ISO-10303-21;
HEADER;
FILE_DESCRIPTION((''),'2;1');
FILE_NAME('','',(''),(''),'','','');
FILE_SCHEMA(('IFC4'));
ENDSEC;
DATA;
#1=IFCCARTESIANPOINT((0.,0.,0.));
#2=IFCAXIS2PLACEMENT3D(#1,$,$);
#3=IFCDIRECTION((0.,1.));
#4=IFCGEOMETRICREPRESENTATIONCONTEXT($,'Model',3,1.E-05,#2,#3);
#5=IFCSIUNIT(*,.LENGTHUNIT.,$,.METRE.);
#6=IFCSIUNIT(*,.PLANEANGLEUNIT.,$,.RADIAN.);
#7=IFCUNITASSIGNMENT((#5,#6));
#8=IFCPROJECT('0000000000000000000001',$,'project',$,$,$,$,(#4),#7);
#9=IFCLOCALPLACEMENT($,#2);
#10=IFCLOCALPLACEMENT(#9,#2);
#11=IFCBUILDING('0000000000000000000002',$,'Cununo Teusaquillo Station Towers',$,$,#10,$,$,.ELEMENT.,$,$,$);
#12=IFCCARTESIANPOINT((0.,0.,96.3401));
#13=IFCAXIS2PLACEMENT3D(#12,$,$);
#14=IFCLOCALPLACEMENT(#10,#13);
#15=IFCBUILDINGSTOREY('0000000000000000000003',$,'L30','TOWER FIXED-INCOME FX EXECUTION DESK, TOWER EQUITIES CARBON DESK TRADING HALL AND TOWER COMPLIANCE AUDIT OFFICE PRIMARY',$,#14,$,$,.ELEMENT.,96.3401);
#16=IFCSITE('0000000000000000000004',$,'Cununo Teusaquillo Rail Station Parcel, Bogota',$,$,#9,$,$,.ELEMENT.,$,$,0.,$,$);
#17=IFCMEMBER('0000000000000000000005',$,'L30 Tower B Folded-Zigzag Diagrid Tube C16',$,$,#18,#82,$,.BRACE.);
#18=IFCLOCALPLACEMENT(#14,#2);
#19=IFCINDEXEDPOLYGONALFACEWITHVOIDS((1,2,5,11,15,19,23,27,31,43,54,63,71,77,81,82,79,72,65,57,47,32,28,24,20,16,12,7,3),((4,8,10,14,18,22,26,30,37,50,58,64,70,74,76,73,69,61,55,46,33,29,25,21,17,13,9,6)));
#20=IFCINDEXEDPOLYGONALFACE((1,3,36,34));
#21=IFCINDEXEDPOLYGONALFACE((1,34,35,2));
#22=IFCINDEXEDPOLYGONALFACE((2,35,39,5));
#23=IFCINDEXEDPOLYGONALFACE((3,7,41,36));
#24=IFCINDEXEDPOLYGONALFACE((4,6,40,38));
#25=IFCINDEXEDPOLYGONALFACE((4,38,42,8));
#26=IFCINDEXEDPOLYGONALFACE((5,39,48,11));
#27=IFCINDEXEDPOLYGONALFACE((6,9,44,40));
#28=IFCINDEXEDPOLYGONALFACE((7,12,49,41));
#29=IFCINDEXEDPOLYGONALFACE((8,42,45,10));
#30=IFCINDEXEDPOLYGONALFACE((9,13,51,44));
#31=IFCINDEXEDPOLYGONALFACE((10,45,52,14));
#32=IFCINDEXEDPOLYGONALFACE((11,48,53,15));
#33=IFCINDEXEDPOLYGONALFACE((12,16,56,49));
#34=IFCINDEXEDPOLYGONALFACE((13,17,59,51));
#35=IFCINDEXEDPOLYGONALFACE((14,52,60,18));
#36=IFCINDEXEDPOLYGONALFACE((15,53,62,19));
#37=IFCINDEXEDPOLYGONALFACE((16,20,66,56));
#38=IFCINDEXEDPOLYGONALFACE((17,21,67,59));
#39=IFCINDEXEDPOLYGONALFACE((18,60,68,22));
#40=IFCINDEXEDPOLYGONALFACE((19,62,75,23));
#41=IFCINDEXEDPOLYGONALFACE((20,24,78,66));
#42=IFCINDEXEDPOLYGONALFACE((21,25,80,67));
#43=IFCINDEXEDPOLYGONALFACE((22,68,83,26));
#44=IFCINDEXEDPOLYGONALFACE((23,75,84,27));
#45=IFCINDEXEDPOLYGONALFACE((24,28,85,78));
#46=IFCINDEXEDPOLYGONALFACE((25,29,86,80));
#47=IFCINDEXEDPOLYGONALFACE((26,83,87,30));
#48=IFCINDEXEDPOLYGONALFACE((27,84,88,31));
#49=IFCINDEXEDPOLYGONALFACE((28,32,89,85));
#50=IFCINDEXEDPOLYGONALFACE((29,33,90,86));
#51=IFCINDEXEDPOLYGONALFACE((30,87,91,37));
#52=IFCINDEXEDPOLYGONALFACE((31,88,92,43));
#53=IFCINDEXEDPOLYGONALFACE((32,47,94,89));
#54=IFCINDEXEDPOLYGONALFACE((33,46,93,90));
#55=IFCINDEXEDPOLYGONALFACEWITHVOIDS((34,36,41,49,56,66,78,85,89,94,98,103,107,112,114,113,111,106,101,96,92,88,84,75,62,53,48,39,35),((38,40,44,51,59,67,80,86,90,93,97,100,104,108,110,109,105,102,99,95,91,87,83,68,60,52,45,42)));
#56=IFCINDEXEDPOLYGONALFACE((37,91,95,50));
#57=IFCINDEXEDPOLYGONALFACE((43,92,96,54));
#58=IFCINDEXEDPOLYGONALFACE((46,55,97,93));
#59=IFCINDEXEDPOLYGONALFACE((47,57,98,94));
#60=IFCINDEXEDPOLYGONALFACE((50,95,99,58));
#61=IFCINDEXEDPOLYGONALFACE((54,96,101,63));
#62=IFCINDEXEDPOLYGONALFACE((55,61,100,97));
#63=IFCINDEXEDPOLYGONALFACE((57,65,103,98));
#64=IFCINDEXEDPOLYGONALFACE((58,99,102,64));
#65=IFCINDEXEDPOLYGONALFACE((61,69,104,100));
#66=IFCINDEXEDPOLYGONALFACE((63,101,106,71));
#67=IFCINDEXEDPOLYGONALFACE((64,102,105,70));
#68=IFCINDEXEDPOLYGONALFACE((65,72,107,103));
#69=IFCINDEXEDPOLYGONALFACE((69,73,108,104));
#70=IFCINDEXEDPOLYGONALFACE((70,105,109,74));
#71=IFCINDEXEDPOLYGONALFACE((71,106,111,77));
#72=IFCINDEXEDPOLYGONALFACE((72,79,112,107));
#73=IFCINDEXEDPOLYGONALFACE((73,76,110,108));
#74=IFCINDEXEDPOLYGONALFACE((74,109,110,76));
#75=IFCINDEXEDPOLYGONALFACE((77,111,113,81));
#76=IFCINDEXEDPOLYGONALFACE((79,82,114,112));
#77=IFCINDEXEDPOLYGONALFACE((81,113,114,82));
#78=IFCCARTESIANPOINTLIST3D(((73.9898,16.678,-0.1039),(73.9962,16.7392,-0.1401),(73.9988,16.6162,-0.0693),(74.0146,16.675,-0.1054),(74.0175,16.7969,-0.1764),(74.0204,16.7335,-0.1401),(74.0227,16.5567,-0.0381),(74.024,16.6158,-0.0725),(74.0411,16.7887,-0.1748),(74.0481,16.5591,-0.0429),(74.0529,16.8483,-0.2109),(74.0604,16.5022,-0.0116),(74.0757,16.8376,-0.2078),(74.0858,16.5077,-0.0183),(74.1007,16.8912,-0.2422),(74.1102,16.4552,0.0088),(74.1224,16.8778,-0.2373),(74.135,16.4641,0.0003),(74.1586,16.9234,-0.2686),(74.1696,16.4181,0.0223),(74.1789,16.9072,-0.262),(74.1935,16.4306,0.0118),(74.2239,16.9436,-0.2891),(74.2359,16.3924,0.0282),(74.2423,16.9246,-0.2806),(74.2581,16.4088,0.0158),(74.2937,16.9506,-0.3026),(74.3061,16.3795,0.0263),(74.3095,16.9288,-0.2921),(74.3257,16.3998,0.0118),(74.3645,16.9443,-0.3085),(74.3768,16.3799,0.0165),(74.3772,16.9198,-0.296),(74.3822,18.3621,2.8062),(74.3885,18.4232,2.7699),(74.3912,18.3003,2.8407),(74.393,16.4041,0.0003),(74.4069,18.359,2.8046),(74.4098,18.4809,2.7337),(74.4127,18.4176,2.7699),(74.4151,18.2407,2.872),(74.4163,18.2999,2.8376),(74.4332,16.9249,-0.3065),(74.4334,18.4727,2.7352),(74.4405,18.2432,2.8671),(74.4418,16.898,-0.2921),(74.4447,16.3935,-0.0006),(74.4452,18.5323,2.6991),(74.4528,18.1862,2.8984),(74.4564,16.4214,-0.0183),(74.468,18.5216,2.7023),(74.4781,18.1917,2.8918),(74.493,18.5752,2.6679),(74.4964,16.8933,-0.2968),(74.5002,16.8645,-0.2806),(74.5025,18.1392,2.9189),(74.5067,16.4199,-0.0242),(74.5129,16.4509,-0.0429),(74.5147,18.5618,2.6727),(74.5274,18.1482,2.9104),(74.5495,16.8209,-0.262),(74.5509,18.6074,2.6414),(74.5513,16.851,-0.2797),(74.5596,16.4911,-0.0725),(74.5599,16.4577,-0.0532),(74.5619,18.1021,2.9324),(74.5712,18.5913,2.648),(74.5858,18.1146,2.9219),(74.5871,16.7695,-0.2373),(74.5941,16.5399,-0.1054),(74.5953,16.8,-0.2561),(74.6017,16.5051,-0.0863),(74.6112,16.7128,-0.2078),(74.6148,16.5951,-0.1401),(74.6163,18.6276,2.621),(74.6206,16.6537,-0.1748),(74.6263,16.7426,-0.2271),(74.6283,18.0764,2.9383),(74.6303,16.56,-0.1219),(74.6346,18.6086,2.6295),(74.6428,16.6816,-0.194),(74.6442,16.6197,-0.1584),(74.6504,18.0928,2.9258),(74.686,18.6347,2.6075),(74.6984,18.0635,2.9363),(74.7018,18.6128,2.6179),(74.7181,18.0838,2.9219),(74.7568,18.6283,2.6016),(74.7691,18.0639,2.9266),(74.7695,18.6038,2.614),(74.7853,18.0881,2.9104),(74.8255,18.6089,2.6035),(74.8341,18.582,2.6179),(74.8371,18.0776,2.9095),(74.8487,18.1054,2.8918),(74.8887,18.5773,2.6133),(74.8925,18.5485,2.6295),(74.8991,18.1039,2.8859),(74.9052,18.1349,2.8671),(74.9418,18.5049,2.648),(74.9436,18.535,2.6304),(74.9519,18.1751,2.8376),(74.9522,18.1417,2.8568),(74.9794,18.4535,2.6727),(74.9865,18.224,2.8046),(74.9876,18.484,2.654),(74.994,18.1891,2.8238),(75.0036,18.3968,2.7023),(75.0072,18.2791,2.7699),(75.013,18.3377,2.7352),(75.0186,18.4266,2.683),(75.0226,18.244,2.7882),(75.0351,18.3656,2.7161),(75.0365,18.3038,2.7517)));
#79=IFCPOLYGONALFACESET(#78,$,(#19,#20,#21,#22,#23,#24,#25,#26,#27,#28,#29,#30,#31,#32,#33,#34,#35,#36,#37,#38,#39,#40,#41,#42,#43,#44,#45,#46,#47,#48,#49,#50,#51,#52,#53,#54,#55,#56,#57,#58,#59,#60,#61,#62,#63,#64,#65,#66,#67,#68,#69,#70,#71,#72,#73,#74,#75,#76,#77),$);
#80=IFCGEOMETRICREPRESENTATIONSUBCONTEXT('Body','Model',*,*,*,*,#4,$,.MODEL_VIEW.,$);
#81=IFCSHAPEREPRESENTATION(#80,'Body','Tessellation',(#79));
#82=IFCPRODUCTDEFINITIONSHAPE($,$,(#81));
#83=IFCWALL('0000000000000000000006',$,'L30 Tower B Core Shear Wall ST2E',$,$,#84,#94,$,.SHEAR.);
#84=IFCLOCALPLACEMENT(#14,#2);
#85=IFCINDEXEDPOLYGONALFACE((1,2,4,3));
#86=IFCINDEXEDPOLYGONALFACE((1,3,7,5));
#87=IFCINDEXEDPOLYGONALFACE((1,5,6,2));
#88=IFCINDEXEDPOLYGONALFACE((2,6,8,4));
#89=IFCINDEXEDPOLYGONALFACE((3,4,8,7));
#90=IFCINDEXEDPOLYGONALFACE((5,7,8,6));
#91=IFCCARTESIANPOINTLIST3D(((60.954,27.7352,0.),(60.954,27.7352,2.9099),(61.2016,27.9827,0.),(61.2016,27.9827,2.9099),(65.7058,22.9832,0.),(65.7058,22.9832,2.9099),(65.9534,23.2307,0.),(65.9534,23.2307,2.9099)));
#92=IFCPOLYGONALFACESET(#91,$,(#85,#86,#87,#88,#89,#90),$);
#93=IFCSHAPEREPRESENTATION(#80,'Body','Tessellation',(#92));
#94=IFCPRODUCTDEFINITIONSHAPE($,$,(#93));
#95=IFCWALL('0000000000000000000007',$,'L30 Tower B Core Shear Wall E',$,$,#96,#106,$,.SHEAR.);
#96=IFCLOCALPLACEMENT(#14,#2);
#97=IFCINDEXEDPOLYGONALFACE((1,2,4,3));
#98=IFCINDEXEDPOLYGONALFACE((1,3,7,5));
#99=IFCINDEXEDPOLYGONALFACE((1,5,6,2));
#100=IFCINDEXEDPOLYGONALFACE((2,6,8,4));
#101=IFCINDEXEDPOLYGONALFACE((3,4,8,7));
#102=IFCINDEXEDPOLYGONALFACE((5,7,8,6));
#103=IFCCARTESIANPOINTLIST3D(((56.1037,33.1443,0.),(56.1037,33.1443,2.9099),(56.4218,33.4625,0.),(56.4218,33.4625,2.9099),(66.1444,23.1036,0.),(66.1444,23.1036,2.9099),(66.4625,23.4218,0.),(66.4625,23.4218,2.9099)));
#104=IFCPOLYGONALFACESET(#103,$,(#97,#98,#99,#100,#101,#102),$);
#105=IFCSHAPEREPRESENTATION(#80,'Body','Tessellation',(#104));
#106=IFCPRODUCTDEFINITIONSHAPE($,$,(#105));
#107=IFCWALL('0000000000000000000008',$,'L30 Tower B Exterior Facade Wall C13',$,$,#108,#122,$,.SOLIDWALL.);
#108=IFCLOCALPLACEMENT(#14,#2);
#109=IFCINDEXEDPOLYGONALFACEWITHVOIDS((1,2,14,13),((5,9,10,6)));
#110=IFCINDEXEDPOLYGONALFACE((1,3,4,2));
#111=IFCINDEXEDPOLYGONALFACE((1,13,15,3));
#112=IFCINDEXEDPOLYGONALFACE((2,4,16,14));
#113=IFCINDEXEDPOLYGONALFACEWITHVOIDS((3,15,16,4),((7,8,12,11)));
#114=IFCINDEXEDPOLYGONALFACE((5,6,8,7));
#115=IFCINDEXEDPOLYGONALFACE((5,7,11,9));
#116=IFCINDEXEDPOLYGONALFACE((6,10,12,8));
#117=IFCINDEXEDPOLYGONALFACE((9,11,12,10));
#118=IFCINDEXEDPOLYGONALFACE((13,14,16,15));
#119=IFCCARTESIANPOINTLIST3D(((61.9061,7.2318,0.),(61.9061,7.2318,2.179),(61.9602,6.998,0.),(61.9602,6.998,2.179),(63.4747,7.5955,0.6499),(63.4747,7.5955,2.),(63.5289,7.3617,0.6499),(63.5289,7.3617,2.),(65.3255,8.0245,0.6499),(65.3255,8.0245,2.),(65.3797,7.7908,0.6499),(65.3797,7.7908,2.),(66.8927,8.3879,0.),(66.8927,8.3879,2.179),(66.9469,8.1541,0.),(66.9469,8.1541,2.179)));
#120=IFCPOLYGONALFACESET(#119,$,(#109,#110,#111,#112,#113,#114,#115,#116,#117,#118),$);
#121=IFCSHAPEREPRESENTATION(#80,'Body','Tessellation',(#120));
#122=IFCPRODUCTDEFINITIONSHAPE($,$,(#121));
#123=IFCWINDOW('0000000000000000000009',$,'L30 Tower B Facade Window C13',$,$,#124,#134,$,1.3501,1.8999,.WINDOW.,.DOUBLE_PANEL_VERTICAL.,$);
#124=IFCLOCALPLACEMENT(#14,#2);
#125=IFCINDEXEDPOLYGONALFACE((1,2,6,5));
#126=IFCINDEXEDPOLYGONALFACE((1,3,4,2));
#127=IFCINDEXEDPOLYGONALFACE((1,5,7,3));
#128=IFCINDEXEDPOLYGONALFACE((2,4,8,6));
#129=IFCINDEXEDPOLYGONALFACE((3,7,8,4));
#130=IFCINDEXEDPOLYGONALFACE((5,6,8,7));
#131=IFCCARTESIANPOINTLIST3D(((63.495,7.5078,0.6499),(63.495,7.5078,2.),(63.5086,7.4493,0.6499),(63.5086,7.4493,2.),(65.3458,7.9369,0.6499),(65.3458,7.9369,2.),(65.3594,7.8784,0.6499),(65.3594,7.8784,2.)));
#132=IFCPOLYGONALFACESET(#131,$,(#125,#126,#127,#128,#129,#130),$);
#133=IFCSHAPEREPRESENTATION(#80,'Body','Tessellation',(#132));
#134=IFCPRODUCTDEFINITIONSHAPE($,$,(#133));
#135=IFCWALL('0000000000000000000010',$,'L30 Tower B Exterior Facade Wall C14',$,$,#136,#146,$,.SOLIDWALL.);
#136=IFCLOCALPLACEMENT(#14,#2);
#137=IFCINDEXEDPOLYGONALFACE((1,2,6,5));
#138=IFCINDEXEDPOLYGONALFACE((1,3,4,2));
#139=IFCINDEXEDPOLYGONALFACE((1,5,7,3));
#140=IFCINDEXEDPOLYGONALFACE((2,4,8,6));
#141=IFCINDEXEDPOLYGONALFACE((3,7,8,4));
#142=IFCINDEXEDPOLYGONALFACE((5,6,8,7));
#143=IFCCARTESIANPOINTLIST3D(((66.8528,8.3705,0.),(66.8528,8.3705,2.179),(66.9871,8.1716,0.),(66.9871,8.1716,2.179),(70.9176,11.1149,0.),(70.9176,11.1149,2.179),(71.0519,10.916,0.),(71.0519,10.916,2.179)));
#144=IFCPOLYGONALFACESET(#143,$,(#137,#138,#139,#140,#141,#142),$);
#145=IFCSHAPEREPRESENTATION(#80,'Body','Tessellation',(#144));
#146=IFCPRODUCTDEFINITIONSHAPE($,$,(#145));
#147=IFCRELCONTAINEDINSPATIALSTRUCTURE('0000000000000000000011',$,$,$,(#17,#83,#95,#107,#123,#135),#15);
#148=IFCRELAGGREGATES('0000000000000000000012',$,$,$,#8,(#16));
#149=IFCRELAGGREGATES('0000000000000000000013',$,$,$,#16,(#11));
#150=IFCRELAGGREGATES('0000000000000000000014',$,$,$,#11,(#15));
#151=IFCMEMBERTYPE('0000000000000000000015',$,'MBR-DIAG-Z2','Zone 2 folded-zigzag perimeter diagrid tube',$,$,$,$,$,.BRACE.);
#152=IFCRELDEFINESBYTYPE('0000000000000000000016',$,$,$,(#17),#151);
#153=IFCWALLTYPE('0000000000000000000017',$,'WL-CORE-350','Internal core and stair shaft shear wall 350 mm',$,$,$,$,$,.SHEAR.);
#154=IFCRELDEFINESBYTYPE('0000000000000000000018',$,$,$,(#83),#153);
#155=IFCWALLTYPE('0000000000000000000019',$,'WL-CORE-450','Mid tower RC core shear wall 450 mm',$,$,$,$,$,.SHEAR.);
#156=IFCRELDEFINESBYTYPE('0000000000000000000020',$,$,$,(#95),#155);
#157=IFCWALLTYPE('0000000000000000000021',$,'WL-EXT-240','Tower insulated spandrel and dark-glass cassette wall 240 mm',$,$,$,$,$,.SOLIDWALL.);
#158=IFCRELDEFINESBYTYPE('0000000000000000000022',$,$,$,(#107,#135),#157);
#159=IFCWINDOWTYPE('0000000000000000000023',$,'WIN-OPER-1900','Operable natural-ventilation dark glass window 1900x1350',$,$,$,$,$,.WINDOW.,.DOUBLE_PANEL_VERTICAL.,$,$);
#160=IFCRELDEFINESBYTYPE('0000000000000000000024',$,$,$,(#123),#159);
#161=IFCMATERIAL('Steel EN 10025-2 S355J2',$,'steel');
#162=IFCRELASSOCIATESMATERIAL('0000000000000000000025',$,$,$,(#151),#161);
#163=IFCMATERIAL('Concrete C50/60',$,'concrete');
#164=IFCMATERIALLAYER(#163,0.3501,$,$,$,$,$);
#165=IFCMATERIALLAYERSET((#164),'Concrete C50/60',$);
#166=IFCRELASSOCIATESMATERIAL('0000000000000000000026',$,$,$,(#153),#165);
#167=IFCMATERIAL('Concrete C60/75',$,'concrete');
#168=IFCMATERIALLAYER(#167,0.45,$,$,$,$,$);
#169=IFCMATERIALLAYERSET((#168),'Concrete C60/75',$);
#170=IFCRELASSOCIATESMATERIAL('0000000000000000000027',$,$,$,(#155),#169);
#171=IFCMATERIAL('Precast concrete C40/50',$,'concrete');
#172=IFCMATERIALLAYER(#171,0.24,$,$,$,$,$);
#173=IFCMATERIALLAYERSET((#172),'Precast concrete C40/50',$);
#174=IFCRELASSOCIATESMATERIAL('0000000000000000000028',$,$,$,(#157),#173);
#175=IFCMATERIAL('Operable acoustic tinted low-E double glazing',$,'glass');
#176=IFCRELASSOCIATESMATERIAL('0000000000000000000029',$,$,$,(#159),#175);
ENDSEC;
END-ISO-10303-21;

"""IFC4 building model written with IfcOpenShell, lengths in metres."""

from ifc_helpers import new_model, si_unit, direction, frame, frame_2d, origin, origin_2d, place, context, subcontext, project, spatial, rectangle, hollow_circle, extrude, source, transform, mapped, material, layer, layer_set, material_profile, profile_set, type_object, element, fill, save


model = new_model("IFC4")

# Units and contexts
model_context = context("Model", 3, precision=1e-05, world=origin(), true_north=direction((0.0, 1.0)))
body_context = subcontext(model_context, "Body", "Model", "MODEL_VIEW")
ifc_project = project(units=[si_unit("LENGTHUNIT", "METRE"), si_unit("PLANEANGLEUNIT", "RADIAN")], contexts=[model_context])

# Site, building, storey
site_placement = place(None, origin())
site = spatial("IfcSite", under=ifc_project, at=site_placement, Name="Cununo Teusaquillo Rail Station Parcel, Bogota", CompositionType="ELEMENT", RefElevation=0.0)
building_placement = place(site_placement, origin())
building = spatial("IfcBuilding", under=site, at=building_placement, Name="Cununo Teusaquillo Station Towers", CompositionType="ELEMENT")
storey_placement = place(building_placement, frame((0.0, 0.0, 96.3401)))
storey = spatial("IfcBuildingStorey", under=building, at=storey_placement, Name="L30", Description="TOWER FIXED-INCOME FX EXECUTION DESK, TOWER EQUITIES CARBON DESK TRADING HALL AND TOWER COMPLIANCE AUDIT OFFICE PRIMARY", CompositionType="ELEMENT", Elevation=96.3401)

# Member
ifc_material_1 = material(Name="Steel EN 10025-2 S355J2", Category="steel")
ifc_material_profile_1 = material_profile(ifc_material_1, hollow_circle(Radius=0.3301, WallThickness=0.0249, at=origin_2d()), Name="CHS 660x25")
ifc_profile_set_1 = profile_set([ifc_material_profile_1], Name="Steel EN 10025-2 S355J2")
member_type = type_object("IfcMemberType", Name="MBR-DIAG-Z2", Description="Zone 2 folded-zigzag perimeter diagrid tube", PredefinedType="BRACE", material=ifc_profile_set_1)
member_1_placement = place(storey_placement, frame((74.3176, 16.6643, -0.1401), z_axis=(0.115899, 0.497495, 0.85969), x_axis=(-0.97392, 0.22689, 0.0)))
element("IfcMember", 1, at=member_1_placement, inside=storey, type_object=member_type, Name="L30 Tower B Folded-Zigzag Diagrid Tube C16", PredefinedType="BRACE", context=body_context, shape_type="SweptSolid", body=[
    extrude(hollow_circle(Radius=0.3301, WallThickness=0.0249, at=origin_2d()), origin(), (0.0, 0.0, 1.0), 3.385),
])

# Walls
ifc_material_2 = material(Name="Concrete C50/60", Category="concrete")
ifc_layer_1 = layer(ifc_material_2, 0.3501)
ifc_layer_set_1 = layer_set([ifc_layer_1], Name="Concrete C50/60")
wall_type_1 = type_object("IfcWallType", Name="WL-CORE-350", Description="Internal core and stair shaft shear wall 350 mm", PredefinedType="SHEAR", material=ifc_layer_set_1)
wall_1_placement = place(storey_placement, frame((65.8296, 23.1069, 0.0), z_axis=(0.0, 0.0, 1.0), x_axis=(-0.707089, 0.707125, 0.0)))
element("IfcWall", 2, at=wall_1_placement, inside=storey, type_object=wall_type_1, Name="L30 Tower B Core Shear Wall ST2E", PredefinedType="SHEAR", context=body_context, shape_type="SweptSolid", body=[
    extrude(rectangle(XDim=6.7202, YDim=0.3501, at=frame_2d((3.3601, 0.0))), origin(), (0.0, 0.0, 1.0), 2.9099),
])
ifc_material_3 = material(Name="Concrete C60/75", Category="concrete")
ifc_layer_2 = layer(ifc_material_3, 0.45)
ifc_layer_set_2 = layer_set([ifc_layer_2], Name="Concrete C60/75")
wall_type_2 = type_object("IfcWallType", Name="WL-CORE-450", Description="Mid tower RC core shear wall 450 mm", PredefinedType="SHEAR", material=ifc_layer_set_2)
wall_2_placement = place(storey_placement, frame((66.3035, 23.2627, 0.0), z_axis=(0.0, 0.0, 1.0), x_axis=(-0.707107, 0.707107, 0.0)))
element("IfcWall", 3, at=wall_2_placement, inside=storey, type_object=wall_type_2, Name="L30 Tower B Core Shear Wall E", PredefinedType="SHEAR", context=body_context, shape_type="SweptSolid", body=[
    extrude(rectangle(XDim=14.1997, YDim=0.45, at=frame_2d((7.0999, 0.0))), origin(), (0.0, 0.0, 1.0), 2.9099),
])

# Wall, opening, window
ifc_material_4 = material(Name="Precast concrete C40/50", Category="concrete")
ifc_layer_3 = layer(ifc_material_4, 0.24)
ifc_layer_set_3 = layer_set([ifc_layer_3], Name="Precast concrete C40/50")
wall_type_3 = type_object("IfcWallType", Name="WL-EXT-240", Description="Tower insulated spandrel and dark-glass cassette wall 240 mm", PredefinedType="SOLIDWALL", material=ifc_layer_set_3)
wall_3_placement = place(storey_placement, frame((66.9199, 8.271, 0.0), z_axis=(0.0, 0.0, 1.0), x_axis=(-0.974166, -0.225835, 0.0)))
wall_3 = element("IfcWall", 4, at=wall_3_placement, inside=storey, type_object=wall_type_3, Name="L30 Tower B Exterior Facade Wall C13", PredefinedType="SOLIDWALL", context=body_context, shape_type="SweptSolid", body=[
    extrude(rectangle(XDim=5.1189, YDim=0.24, at=frame_2d((2.5596, 0.0))), origin(), (0.0, 0.0, 1.0), 2.179),
])
shared_shape_1 = source(origin(), body_context, "Body", "SweptSolid", [
    extrude(rectangle(XDim=1.8999, YDim=1.3501, at=frame_2d((0.95, 0.675))), frame((0.0, 0.1299, 0.0), z_axis=(0.0, -1.0, 0.0), x_axis=(1.0, 0.0, 0.0)), (0.0, 0.0, 1.0), 0.26),
])
opening_1_placement = place(wall_3_placement, frame((1.6089, 0.0, 0.6499)))
opening_1 = element("IfcOpeningElement", 5, at=opening_1_placement, cuts=wall_3, PredefinedType="OPENING", context=body_context, shape_type="MappedRepresentation", body=[
    mapped(shared_shape_1, transform((0.0, 0.0, 0.0), x_axis=(1.0, 0.0, 0.0), y_axis=(0.0, 1.0, 0.0), z_axis=(0.0, 0.0, 1.0), scale=1.0)),
])
ifc_material_5 = material(Name="Operable acoustic tinted low-E double glazing", Category="glass")
window_type_1 = type_object("IfcWindowType", Name="WIN-OPER-1900", Description="Operable natural-ventilation dark glass window 1900x1350", PartitioningType="DOUBLE_PANEL_VERTICAL", PredefinedType="WINDOW", material=ifc_material_5)
shared_shape_2 = source(origin(), body_context, "Body", "SweptSolid", [
    extrude(rectangle(XDim=1.8999, YDim=1.3501, at=frame_2d((0.95, 0.675))), frame((0.0, 0.03, 0.0), z_axis=(0.0, -1.0, 0.0), x_axis=(1.0, 0.0, 0.0)), (0.0, 0.0, 1.0), 0.0601),
])
window_1_placement = place(opening_1_placement, origin())
window_1 = element("IfcWindow", 6, at=window_1_placement, inside=storey, type_object=window_type_1, Name="L30 Tower B Facade Window C13", OverallHeight=1.3501, OverallWidth=1.8999, PartitioningType="DOUBLE_PANEL_VERTICAL", PredefinedType="WINDOW", context=body_context, shape_type="MappedRepresentation", body=[
    mapped(shared_shape_2, transform((0.0, 0.0, 0.0), x_axis=(1.0, 0.0, 0.0), y_axis=(0.0, 1.0, 0.0), z_axis=(0.0, 0.0, 1.0), scale=1.0)),
])
fill(opening_1, window_1)

# Wall
wall_4_placement = place(storey_placement, frame((70.9846, 11.0154, 0.0), z_axis=(0.0, 0.0, 1.0), x_axis=(-0.828781, -0.559573, 0.0)))
element("IfcWall", 7, at=wall_4_placement, inside=storey, type_object=wall_type_3, Name="L30 Tower B Exterior Facade Wall C14", PredefinedType="SOLIDWALL", context=body_context, shape_type="SweptSolid", body=[
    extrude(rectangle(XDim=4.9045, YDim=0.24, at=frame_2d((2.4521, 0.0))), origin(), (0.0, 0.0, 1.0), 2.179),
])

save(model, "model.ifc")
